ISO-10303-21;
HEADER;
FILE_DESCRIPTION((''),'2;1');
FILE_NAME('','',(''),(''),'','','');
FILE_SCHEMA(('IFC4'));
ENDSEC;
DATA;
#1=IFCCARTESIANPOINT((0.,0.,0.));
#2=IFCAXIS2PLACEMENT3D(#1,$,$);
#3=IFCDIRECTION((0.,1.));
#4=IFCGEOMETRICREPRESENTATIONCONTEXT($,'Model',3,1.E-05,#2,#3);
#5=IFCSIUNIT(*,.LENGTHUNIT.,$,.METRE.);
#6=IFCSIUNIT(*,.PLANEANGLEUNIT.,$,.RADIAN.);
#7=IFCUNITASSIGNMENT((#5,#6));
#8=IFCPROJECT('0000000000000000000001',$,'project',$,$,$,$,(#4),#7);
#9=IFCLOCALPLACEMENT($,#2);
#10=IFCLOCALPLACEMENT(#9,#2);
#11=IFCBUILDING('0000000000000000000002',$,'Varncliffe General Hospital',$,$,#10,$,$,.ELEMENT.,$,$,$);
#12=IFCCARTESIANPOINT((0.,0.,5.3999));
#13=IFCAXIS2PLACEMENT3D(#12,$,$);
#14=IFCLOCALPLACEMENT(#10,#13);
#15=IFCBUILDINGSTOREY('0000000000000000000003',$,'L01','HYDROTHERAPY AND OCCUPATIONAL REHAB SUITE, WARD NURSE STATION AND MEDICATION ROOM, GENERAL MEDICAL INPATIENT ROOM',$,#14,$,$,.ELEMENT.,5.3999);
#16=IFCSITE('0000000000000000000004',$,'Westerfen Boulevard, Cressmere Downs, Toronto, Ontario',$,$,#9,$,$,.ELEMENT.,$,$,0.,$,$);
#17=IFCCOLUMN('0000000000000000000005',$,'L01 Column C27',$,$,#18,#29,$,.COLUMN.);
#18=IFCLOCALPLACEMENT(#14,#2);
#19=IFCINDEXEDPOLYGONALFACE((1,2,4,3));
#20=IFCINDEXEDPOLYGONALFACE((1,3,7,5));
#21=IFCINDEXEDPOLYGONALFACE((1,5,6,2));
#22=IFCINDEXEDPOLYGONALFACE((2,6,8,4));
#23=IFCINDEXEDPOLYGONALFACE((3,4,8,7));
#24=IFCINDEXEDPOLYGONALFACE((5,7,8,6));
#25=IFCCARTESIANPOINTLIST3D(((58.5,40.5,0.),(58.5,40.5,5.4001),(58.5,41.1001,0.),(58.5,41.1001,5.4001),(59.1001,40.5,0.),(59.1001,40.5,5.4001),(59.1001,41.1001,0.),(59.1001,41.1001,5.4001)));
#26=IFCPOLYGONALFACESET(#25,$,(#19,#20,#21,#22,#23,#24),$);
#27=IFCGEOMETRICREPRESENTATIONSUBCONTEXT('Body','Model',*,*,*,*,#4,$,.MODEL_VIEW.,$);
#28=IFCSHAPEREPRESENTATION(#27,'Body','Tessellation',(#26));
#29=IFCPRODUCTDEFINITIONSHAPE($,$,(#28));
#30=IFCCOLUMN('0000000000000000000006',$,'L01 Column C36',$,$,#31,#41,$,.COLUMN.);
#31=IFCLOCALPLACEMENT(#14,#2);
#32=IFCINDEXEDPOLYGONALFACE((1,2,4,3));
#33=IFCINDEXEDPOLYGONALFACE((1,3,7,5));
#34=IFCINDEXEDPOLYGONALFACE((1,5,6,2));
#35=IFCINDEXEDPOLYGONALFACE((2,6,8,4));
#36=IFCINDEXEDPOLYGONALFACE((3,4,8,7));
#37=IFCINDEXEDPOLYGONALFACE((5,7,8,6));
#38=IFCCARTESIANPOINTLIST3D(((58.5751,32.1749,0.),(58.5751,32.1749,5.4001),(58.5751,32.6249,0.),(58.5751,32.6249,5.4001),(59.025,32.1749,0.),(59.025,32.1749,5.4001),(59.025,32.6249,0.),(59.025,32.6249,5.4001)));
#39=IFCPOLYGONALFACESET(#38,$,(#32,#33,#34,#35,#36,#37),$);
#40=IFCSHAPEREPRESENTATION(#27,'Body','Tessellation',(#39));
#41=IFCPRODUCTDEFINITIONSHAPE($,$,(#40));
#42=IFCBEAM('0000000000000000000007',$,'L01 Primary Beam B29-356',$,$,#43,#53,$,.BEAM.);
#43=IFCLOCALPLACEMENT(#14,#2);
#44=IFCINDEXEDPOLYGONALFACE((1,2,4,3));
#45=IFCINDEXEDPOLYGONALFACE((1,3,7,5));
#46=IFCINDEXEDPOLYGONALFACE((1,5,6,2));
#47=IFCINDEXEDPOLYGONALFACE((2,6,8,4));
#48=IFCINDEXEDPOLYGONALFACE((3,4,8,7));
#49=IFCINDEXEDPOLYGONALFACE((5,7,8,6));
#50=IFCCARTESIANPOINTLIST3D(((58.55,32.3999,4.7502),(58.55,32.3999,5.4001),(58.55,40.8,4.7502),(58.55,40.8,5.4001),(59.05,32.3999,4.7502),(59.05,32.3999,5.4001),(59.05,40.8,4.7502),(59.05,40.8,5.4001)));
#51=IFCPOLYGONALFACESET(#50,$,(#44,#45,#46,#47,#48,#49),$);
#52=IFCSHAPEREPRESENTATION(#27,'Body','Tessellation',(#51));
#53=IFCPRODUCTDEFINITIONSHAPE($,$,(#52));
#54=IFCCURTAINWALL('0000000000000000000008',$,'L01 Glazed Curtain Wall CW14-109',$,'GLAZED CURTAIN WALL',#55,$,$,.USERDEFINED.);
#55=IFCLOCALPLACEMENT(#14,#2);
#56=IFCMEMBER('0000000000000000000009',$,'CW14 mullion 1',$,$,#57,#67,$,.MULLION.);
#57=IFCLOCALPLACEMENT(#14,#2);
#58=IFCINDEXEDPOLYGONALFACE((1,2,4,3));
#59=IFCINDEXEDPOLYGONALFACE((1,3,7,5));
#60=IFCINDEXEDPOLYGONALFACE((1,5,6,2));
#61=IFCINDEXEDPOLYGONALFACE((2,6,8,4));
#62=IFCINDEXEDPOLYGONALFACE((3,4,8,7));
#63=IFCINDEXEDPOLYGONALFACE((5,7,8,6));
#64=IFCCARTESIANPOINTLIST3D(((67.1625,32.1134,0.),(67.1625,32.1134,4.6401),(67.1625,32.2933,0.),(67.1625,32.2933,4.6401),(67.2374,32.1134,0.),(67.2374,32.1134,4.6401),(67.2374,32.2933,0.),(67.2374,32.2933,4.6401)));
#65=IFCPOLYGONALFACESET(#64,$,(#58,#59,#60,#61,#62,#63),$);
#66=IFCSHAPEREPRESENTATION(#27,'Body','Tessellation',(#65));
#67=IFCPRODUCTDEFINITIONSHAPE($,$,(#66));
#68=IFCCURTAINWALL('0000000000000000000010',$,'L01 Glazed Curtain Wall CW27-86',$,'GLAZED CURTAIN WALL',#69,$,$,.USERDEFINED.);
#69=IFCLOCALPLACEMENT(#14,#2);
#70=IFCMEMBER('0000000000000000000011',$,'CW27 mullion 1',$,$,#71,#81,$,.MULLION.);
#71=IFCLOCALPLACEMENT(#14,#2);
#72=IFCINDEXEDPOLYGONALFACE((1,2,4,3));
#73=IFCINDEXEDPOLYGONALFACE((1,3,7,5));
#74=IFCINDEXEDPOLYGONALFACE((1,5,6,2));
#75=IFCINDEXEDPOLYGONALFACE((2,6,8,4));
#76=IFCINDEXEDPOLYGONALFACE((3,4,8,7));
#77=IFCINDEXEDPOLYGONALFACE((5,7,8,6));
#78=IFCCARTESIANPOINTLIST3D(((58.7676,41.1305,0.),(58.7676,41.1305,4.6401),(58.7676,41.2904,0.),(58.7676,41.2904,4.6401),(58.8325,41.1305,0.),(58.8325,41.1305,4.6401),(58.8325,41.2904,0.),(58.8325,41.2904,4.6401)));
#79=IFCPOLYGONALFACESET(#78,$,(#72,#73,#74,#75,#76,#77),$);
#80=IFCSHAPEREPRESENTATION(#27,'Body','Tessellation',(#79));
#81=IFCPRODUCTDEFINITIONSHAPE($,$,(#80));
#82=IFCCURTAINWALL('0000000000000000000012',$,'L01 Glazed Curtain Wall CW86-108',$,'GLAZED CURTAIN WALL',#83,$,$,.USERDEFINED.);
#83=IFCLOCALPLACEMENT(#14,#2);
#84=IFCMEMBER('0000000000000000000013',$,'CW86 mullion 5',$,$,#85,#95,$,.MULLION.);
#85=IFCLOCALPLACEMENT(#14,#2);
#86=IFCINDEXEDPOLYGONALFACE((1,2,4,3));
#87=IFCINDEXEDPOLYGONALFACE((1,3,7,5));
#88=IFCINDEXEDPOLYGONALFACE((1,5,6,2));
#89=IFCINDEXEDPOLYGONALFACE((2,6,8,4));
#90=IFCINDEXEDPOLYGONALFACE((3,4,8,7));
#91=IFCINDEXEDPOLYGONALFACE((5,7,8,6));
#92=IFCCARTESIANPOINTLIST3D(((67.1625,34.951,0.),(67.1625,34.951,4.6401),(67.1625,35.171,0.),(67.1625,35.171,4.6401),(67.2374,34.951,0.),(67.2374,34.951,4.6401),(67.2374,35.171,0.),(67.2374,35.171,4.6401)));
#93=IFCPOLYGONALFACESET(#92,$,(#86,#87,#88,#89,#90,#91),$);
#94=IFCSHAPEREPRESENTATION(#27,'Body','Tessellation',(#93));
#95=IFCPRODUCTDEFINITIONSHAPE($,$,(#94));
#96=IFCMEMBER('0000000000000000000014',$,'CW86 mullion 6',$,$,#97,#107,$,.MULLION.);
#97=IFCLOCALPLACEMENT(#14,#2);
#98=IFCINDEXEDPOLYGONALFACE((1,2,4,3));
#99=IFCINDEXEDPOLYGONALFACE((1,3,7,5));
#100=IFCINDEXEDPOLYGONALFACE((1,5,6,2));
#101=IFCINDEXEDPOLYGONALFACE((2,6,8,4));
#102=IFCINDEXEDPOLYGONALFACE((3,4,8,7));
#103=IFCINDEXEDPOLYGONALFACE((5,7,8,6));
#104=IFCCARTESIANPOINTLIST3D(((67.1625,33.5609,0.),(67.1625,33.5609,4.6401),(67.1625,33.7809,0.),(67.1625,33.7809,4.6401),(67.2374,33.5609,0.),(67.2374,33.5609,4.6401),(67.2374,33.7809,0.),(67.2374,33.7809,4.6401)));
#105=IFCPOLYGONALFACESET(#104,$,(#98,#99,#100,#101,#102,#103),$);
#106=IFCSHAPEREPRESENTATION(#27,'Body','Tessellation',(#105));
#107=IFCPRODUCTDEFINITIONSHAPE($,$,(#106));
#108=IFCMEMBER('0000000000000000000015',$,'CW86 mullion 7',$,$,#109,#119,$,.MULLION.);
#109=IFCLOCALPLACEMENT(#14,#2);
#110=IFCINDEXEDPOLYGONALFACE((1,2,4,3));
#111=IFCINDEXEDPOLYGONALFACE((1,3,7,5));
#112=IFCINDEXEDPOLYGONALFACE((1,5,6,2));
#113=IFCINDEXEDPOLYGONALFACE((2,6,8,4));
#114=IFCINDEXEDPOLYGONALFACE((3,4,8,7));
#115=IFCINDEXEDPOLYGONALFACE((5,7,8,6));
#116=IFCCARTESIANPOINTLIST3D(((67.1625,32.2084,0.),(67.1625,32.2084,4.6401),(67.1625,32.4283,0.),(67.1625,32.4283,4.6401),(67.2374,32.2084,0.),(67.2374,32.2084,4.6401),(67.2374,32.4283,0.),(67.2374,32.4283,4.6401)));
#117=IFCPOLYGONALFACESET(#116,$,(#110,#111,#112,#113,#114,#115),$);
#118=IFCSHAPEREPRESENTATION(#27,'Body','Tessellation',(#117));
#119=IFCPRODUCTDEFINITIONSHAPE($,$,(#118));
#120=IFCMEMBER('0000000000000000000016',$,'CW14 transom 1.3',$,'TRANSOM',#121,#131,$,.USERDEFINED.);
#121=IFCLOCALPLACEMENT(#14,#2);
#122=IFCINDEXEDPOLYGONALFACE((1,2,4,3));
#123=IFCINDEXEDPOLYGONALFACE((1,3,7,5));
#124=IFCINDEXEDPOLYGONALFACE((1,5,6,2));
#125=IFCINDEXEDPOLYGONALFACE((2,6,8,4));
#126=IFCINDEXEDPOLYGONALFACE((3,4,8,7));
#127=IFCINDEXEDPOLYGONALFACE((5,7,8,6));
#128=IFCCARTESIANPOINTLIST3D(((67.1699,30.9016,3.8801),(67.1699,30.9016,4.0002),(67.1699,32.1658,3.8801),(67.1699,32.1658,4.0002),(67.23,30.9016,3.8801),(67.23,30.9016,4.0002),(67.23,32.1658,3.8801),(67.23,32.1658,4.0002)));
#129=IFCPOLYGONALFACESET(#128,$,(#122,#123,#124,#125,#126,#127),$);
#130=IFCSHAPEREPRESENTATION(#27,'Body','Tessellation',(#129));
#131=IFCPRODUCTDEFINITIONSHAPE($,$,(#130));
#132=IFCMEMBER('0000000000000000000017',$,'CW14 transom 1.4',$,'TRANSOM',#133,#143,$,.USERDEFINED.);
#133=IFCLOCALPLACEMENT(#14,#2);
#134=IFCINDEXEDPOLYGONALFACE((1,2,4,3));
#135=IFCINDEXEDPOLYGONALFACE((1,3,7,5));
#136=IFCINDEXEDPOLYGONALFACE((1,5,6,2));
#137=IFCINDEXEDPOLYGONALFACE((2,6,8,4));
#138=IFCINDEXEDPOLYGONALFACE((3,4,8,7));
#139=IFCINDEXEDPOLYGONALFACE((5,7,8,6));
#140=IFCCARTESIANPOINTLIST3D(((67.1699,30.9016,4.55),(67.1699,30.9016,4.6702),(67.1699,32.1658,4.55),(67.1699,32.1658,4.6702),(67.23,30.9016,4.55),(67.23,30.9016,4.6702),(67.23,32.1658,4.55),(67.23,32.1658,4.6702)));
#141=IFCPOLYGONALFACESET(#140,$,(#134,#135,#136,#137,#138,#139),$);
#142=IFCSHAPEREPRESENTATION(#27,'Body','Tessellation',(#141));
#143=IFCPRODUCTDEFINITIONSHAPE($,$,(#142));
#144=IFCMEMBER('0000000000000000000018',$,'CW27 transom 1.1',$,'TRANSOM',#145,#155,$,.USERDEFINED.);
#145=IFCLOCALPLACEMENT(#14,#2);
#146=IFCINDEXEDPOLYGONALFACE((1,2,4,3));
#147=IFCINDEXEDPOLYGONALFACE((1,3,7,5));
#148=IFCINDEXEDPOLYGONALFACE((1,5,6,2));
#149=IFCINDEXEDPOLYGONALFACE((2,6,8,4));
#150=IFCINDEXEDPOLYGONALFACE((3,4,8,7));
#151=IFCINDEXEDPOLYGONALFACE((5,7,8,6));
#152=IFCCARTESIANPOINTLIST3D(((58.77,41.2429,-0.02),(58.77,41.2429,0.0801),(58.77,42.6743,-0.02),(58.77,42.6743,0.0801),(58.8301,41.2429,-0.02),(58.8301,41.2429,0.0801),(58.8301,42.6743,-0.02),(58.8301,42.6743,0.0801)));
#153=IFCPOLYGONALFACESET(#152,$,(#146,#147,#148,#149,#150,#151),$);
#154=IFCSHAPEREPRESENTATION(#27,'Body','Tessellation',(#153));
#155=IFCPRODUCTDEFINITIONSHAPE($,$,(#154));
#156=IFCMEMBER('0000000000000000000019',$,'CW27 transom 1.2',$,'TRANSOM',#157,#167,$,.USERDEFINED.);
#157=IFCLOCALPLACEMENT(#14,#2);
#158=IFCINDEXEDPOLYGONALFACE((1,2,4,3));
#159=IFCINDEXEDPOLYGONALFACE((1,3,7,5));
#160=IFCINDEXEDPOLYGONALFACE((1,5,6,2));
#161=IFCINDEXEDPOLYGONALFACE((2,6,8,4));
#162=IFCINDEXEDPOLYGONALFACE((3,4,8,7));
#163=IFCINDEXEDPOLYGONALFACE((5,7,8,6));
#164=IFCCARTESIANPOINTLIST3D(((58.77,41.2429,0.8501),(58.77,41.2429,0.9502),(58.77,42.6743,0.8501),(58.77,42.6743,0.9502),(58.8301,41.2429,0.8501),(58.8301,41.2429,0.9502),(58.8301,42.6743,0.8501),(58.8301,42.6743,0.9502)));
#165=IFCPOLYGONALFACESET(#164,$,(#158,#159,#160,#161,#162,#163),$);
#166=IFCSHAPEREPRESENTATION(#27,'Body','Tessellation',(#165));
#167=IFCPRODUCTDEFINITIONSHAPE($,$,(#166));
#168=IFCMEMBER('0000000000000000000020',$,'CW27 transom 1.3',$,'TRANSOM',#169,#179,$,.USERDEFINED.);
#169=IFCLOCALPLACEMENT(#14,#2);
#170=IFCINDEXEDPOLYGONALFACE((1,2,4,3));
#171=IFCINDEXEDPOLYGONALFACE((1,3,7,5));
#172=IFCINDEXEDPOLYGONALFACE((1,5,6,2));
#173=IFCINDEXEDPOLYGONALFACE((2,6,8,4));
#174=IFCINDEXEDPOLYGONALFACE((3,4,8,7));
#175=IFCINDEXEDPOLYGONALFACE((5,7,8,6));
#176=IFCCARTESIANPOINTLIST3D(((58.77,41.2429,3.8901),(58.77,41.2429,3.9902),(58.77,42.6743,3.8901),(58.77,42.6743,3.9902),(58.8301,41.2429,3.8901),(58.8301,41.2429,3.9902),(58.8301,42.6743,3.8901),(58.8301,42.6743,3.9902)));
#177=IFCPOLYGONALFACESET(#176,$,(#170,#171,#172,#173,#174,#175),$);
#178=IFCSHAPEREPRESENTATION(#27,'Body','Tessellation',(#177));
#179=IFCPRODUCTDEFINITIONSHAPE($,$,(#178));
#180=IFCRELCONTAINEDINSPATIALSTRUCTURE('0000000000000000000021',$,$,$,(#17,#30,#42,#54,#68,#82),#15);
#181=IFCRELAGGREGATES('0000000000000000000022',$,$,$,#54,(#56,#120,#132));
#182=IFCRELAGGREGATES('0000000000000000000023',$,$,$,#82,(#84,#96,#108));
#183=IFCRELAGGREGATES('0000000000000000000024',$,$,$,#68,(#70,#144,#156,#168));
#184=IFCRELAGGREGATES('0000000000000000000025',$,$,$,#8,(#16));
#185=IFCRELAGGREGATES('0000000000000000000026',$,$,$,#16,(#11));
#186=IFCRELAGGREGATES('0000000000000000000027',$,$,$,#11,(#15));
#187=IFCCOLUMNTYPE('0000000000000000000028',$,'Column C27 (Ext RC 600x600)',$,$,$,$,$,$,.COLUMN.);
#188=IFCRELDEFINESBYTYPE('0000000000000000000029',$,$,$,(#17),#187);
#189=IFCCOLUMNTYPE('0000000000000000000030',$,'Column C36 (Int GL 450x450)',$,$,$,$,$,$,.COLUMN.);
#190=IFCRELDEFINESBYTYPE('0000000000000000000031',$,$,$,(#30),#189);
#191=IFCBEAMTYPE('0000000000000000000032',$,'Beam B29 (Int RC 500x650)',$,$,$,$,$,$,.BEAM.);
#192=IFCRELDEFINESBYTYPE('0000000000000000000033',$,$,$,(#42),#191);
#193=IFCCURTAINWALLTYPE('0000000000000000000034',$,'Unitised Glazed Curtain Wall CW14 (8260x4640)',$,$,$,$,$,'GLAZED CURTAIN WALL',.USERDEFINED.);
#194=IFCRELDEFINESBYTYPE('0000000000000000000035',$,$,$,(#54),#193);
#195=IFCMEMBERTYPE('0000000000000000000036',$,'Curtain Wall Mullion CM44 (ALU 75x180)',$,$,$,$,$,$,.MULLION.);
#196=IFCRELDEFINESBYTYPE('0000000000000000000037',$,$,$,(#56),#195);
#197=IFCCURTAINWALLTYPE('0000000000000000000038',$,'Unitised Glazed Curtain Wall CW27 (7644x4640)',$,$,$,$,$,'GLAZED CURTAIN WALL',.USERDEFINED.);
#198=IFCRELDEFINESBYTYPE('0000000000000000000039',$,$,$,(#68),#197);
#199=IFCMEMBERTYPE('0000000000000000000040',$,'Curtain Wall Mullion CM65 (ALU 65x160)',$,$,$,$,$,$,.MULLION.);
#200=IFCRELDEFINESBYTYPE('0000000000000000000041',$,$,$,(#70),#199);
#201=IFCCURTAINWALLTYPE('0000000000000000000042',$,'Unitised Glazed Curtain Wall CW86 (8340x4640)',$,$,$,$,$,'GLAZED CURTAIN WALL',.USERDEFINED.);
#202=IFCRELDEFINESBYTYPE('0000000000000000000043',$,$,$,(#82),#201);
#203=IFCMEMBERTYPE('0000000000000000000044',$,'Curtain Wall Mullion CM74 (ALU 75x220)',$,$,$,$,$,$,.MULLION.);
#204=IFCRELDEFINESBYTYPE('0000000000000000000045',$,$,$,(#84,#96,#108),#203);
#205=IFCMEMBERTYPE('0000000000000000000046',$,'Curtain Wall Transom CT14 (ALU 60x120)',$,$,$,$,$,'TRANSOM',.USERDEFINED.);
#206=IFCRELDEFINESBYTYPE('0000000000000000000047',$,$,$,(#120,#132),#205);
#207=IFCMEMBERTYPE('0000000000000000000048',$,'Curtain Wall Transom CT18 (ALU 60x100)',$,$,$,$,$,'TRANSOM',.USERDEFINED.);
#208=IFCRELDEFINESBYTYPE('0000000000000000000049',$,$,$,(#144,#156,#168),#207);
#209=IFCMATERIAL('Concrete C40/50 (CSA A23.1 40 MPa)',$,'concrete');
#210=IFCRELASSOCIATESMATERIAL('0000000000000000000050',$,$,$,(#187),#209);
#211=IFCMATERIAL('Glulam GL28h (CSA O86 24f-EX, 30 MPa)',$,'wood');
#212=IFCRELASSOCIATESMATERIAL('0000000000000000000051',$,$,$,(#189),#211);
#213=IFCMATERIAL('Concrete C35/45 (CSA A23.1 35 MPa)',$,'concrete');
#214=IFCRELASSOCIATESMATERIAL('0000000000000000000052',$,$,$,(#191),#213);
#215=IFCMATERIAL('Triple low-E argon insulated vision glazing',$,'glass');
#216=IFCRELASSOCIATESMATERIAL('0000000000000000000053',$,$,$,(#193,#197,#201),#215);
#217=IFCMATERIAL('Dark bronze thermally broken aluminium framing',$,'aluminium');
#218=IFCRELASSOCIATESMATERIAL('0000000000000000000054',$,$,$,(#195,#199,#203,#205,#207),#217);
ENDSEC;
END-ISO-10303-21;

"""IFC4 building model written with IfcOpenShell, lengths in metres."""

from ifc_helpers import new_model, si_unit, direction, frame, origin, origin_2d, place, context, subcontext, project, spatial, rectangle, extrude, material, material_profile, profile_set, type_object, element, aggregate, save


model = new_model("IFC4")

# Units and contexts
model_context = context("Model", 3, precision=1e-05, world=origin(), true_north=direction((0.0, 1.0)))
body_context = subcontext(model_context, "Body", "Model", "MODEL_VIEW")
ifc_project = project(units=[si_unit("LENGTHUNIT", "METRE"), si_unit("PLANEANGLEUNIT", "RADIAN")], contexts=[model_context])

# Site, building, storey
site_placement = place(None, origin())
site = spatial("IfcSite", under=ifc_project, at=site_placement, Name="Westerfen Boulevard, Cressmere Downs, Toronto, Ontario", CompositionType="ELEMENT", RefElevation=0.0)
building_placement = place(site_placement, origin())
building = spatial("IfcBuilding", under=site, at=building_placement, Name="Varncliffe General Hospital", CompositionType="ELEMENT")
storey_placement = place(building_placement, frame((0.0, 0.0, 5.3999)))
storey = spatial("IfcBuildingStorey", under=building, at=storey_placement, Name="L01", Description="HYDROTHERAPY AND OCCUPATIONAL REHAB SUITE, WARD NURSE STATION AND MEDICATION ROOM, GENERAL MEDICAL INPATIENT ROOM", CompositionType="ELEMENT", Elevation=5.3999)

# Columns
ifc_material_1 = material(Name="Concrete C40/50 (CSA A23.1 40 MPa)", Category="concrete")
ifc_material_profile_1 = material_profile(ifc_material_1, rectangle(XDim=0.6001, YDim=0.6001, at=origin_2d()), Name="RC 600x600")
ifc_profile_set_1 = profile_set([ifc_material_profile_1], Name="Concrete C40/50 (CSA A23.1 40 MPa)")
column_type_1 = type_object("IfcColumnType", Name="Column C27 (Ext RC 600x600)", PredefinedType="COLUMN", material=ifc_profile_set_1)
column_1_placement = place(storey_placement, frame((58.8, 40.8, 0.0), z_axis=(0.0, 0.0, 1.0), x_axis=(1.0, 0.0, 0.0)))
element("IfcColumn", 1, at=column_1_placement, inside=storey, type_object=column_type_1, Name="L01 Column C27", PredefinedType="COLUMN", context=body_context, shape_type="SweptSolid", body=[
    extrude(rectangle(XDim=0.6001, YDim=0.6001, at=origin_2d()), origin(), (0.0, 0.0, 1.0), 5.4001),
])
ifc_material_2 = material(Name="Glulam GL28h (CSA O86 24f-EX, 30 MPa)", Category="wood")
ifc_material_profile_2 = material_profile(ifc_material_2, rectangle(XDim=0.45, YDim=0.45, at=origin_2d()), Name="GL 450x450")
ifc_profile_set_2 = profile_set([ifc_material_profile_2], Name="Glulam GL28h (CSA O86 24f-EX, 30 MPa)")
column_type_2 = type_object("IfcColumnType", Name="Column C36 (Int GL 450x450)", PredefinedType="COLUMN", material=ifc_profile_set_2)
column_2_placement = place(storey_placement, frame((58.8, 32.3999, 0.0), z_axis=(0.0, 0.0, 1.0), x_axis=(1.0, 0.0, 0.0)))
element("IfcColumn", 2, at=column_2_placement, inside=storey, type_object=column_type_2, Name="L01 Column C36", PredefinedType="COLUMN", context=body_context, shape_type="SweptSolid", body=[
    extrude(rectangle(XDim=0.45, YDim=0.45, at=origin_2d()), origin(), (0.0, 0.0, 1.0), 5.4001),
])

# Beam
ifc_material_3 = material(Name="Concrete C35/45 (CSA A23.1 35 MPa)", Category="concrete")
ifc_material_profile_3 = material_profile(ifc_material_3, rectangle(XDim=0.5, YDim=0.6499, at=origin_2d()), Name="RC 500x650")
ifc_profile_set_3 = profile_set([ifc_material_profile_3], Name="Concrete C35/45 (CSA A23.1 35 MPa)")
beam_type_1 = type_object("IfcBeamType", Name="Beam B29 (Int RC 500x650)", PredefinedType="BEAM", material=ifc_profile_set_3)
beam_1_placement = place(storey_placement, frame((58.8, 32.3999, 5.0752), z_axis=(0.0, 1.0, 0.0), x_axis=(-1.0, 0.0, 0.0)))
element("IfcBeam", 3, at=beam_1_placement, inside=storey, type_object=beam_type_1, Name="L01 Primary Beam B29-356", PredefinedType="BEAM", context=body_context, shape_type="SweptSolid", body=[
    extrude(rectangle(XDim=0.5, YDim=0.6499, at=origin_2d()), origin(), (0.0, 0.0, 1.0), 8.4001),
])

# Curtain walls, members
ifc_material_4 = material(Name="Triple low-E argon insulated vision glazing", Category="glass")
curtain_wall_type_1 = type_object("IfcCurtainWallType", Name="Unitised Glazed Curtain Wall CW14 (8260x4640)", ElementType="GLAZED CURTAIN WALL", PredefinedType="USERDEFINED", material=ifc_material_4)
curtain_wall_1_placement = place(storey_placement, origin())
curtain_wall_1 = element("IfcCurtainWall", 4, at=curtain_wall_1_placement, inside=storey, type_object=curtain_wall_type_1, Name="L01 Glazed Curtain Wall CW14-109", ObjectType="GLAZED CURTAIN WALL", PredefinedType="USERDEFINED")
ifc_material_5 = material(Name="Dark bronze thermally broken aluminium framing", Category="aluminium")
ifc_material_profile_4 = material_profile(ifc_material_5, rectangle(XDim=0.075, YDim=0.1799, at=origin_2d()), Name="ALU 75x180")
ifc_profile_set_4 = profile_set([ifc_material_profile_4], Name="Dark bronze thermally broken aluminium framing")
member_type_1 = type_object("IfcMemberType", Name="Curtain Wall Mullion CM44 (ALU 75x180)", PredefinedType="MULLION", material=ifc_profile_set_4)
member_1_placement = place(storey_placement, frame((67.2, 32.2034, 0.0), z_axis=(0.0, 0.0, 1.0), x_axis=(1.0, 0.0, 0.0)))
member_1 = element("IfcMember", 5, at=member_1_placement, type_object=member_type_1, Name="CW14 mullion 1", PredefinedType="MULLION", context=body_context, shape_type="SweptSolid", body=[
    extrude(rectangle(XDim=0.075, YDim=0.1799, at=origin_2d()), origin(), (0.0, 0.0, 1.0), 4.6401),
])
curtain_wall_type_2 = type_object("IfcCurtainWallType", Name="Unitised Glazed Curtain Wall CW27 (7644x4640)", ElementType="GLAZED CURTAIN WALL", PredefinedType="USERDEFINED", material=ifc_material_4)
curtain_wall_2_placement = place(storey_placement, origin())
curtain_wall_2 = element("IfcCurtainWall", 6, at=curtain_wall_2_placement, inside=storey, type_object=curtain_wall_type_2, Name="L01 Glazed Curtain Wall CW27-86", ObjectType="GLAZED CURTAIN WALL", PredefinedType="USERDEFINED")
ifc_material_profile_5 = material_profile(ifc_material_5, rectangle(XDim=0.0649, YDim=0.1599, at=origin_2d()), Name="ALU 65x160")
ifc_profile_set_5 = profile_set([ifc_material_profile_5], Name="Dark bronze thermally broken aluminium framing")
member_type_2 = type_object("IfcMemberType", Name="Curtain Wall Mullion CM65 (ALU 65x160)", PredefinedType="MULLION", material=ifc_profile_set_5)
member_2_placement = place(storey_placement, frame((58.8, 41.2104, 0.0), z_axis=(0.0, 0.0, 1.0), x_axis=(-1.0, 0.0, 0.0)))
member_2 = element("IfcMember", 7, at=member_2_placement, type_object=member_type_2, Name="CW27 mullion 1", PredefinedType="MULLION", context=body_context, shape_type="SweptSolid", body=[
    extrude(rectangle(XDim=0.0649, YDim=0.1599, at=origin_2d()), origin(), (0.0, 0.0, 1.0), 4.6401),
])

# Curtain wall, members
curtain_wall_type_3 = type_object("IfcCurtainWallType", Name="Unitised Glazed Curtain Wall CW86 (8340x4640)", ElementType="GLAZED CURTAIN WALL", PredefinedType="USERDEFINED", material=ifc_material_4)
curtain_wall_3_placement = place(storey_placement, origin())
curtain_wall_3 = element("IfcCurtainWall", 8, at=curtain_wall_3_placement, inside=storey, type_object=curtain_wall_type_3, Name="L01 Glazed Curtain Wall CW86-108", ObjectType="GLAZED CURTAIN WALL", PredefinedType="USERDEFINED")
ifc_material_profile_6 = material_profile(ifc_material_5, rectangle(XDim=0.075, YDim=0.22, at=origin_2d()), Name="ALU 75x220")
ifc_profile_set_6 = profile_set([ifc_material_profile_6], Name="Dark bronze thermally broken aluminium framing")
member_type_3 = type_object("IfcMemberType", Name="Curtain Wall Mullion CM74 (ALU 75x220)", PredefinedType="MULLION", material=ifc_profile_set_6)
member_3_placement = place(storey_placement, frame((67.2, 35.061, 0.0), z_axis=(0.0, 0.0, 1.0), x_axis=(1.0, 0.0, 0.0)))
member_3 = element("IfcMember", 9, at=member_3_placement, type_object=member_type_3, Name="CW86 mullion 5", PredefinedType="MULLION", context=body_context, shape_type="SweptSolid", body=[
    extrude(rectangle(XDim=0.075, YDim=0.22, at=origin_2d()), origin(), (0.0, 0.0, 1.0), 4.6401),
])
member_4_placement = place(storey_placement, frame((67.2, 33.6709, 0.0), z_axis=(0.0, 0.0, 1.0), x_axis=(1.0, 0.0, 0.0)))
member_4 = element("IfcMember", 10, at=member_4_placement, type_object=member_type_3, Name="CW86 mullion 6", PredefinedType="MULLION", context=body_context, shape_type="SweptSolid", body=[
    extrude(rectangle(XDim=0.075, YDim=0.22, at=origin_2d()), origin(), (0.0, 0.0, 1.0), 4.6401),
])
member_5_placement = place(storey_placement, frame((67.2, 32.3184, 0.0), z_axis=(0.0, 0.0, 1.0), x_axis=(1.0, 0.0, 0.0)))
member_5 = element("IfcMember", 11, at=member_5_placement, type_object=member_type_3, Name="CW86 mullion 7", PredefinedType="MULLION", context=body_context, shape_type="SweptSolid", body=[
    extrude(rectangle(XDim=0.075, YDim=0.22, at=origin_2d()), origin(), (0.0, 0.0, 1.0), 4.6401),
])

# Members
ifc_material_profile_7 = material_profile(ifc_material_5, rectangle(XDim=0.0601, YDim=0.1201, at=origin_2d()), Name="ALU 60x120")
ifc_profile_set_7 = profile_set([ifc_material_profile_7], Name="Dark bronze thermally broken aluminium framing")
member_type_4 = type_object("IfcMemberType", Name="Curtain Wall Transom CT14 (ALU 60x120)", ElementType="TRANSOM", PredefinedType="USERDEFINED", material=ifc_profile_set_7)
member_6_placement = place(storey_placement, frame((67.2, 32.1658, 3.9402), z_axis=(0.0, -1.0, 0.0), x_axis=(1.0, 0.0, 0.0)))
member_6 = element("IfcMember", 12, at=member_6_placement, type_object=member_type_4, Name="CW14 transom 1.3", ObjectType="TRANSOM", PredefinedType="USERDEFINED", context=body_context, shape_type="SweptSolid", body=[
    extrude(rectangle(XDim=0.0601, YDim=0.1201, at=origin_2d()), origin(), (0.0, 0.0, 1.0), 1.2642),
])
member_7_placement = place(storey_placement, frame((67.2, 32.1658, 4.6101), z_axis=(0.0, -1.0, 0.0), x_axis=(1.0, 0.0, 0.0)))
member_7 = element("IfcMember", 13, at=member_7_placement, type_object=member_type_4, Name="CW14 transom 1.4", ObjectType="TRANSOM", PredefinedType="USERDEFINED", context=body_context, shape_type="SweptSolid", body=[
    extrude(rectangle(XDim=0.0601, YDim=0.1201, at=origin_2d()), origin(), (0.0, 0.0, 1.0), 1.2642),
])
aggregate(curtain_wall_1, [member_1, member_6, member_7])
ifc_material_profile_8 = material_profile(ifc_material_5, rectangle(XDim=0.0601, YDim=0.1001, at=origin_2d()), Name="ALU 60x100")
ifc_profile_set_8 = profile_set([ifc_material_profile_8], Name="Dark bronze thermally broken aluminium framing")
member_type_5 = type_object("IfcMemberType", Name="Curtain Wall Transom CT18 (ALU 60x100)", ElementType="TRANSOM", PredefinedType="USERDEFINED", material=ifc_profile_set_8)
member_8_placement = place(storey_placement, frame((58.8, 41.2429, 0.03), z_axis=(0.0, 1.0, 0.0), x_axis=(-1.0, 0.0, 0.0)))
member_8 = element("IfcMember", 14, at=member_8_placement, type_object=member_type_5, Name="CW27 transom 1.1", ObjectType="TRANSOM", PredefinedType="USERDEFINED", context=body_context, shape_type="SweptSolid", body=[
    extrude(rectangle(XDim=0.0601, YDim=0.1001, at=origin_2d()), origin(), (0.0, 0.0, 1.0), 1.4314),
])
member_9_placement = place(storey_placement, frame((58.8, 41.2429, 0.9001), z_axis=(0.0, 1.0, 0.0), x_axis=(-1.0, 0.0, 0.0)))
member_9 = element("IfcMember", 15, at=member_9_placement, type_object=member_type_5, Name="CW27 transom 1.2", ObjectType="TRANSOM", PredefinedType="USERDEFINED", context=body_context, shape_type="SweptSolid", body=[
    extrude(rectangle(XDim=0.0601, YDim=0.1001, at=origin_2d()), origin(), (0.0, 0.0, 1.0), 1.4314),
])
member_10_placement = place(storey_placement, frame((58.8, 41.2429, 3.9402), z_axis=(0.0, 1.0, 0.0), x_axis=(-1.0, 0.0, 0.0)))
member_10 = element("IfcMember", 16, at=member_10_placement, type_object=member_type_5, Name="CW27 transom 1.3", ObjectType="TRANSOM", PredefinedType="USERDEFINED", context=body_context, shape_type="SweptSolid", body=[
    extrude(rectangle(XDim=0.0601, YDim=0.1001, at=origin_2d()), origin(), (0.0, 0.0, 1.0), 1.4314),
])

aggregate(curtain_wall_3, [member_3, member_4, member_5])
aggregate(curtain_wall_2, [member_2, member_8, member_9, member_10])

save(model, "model.ifc")
